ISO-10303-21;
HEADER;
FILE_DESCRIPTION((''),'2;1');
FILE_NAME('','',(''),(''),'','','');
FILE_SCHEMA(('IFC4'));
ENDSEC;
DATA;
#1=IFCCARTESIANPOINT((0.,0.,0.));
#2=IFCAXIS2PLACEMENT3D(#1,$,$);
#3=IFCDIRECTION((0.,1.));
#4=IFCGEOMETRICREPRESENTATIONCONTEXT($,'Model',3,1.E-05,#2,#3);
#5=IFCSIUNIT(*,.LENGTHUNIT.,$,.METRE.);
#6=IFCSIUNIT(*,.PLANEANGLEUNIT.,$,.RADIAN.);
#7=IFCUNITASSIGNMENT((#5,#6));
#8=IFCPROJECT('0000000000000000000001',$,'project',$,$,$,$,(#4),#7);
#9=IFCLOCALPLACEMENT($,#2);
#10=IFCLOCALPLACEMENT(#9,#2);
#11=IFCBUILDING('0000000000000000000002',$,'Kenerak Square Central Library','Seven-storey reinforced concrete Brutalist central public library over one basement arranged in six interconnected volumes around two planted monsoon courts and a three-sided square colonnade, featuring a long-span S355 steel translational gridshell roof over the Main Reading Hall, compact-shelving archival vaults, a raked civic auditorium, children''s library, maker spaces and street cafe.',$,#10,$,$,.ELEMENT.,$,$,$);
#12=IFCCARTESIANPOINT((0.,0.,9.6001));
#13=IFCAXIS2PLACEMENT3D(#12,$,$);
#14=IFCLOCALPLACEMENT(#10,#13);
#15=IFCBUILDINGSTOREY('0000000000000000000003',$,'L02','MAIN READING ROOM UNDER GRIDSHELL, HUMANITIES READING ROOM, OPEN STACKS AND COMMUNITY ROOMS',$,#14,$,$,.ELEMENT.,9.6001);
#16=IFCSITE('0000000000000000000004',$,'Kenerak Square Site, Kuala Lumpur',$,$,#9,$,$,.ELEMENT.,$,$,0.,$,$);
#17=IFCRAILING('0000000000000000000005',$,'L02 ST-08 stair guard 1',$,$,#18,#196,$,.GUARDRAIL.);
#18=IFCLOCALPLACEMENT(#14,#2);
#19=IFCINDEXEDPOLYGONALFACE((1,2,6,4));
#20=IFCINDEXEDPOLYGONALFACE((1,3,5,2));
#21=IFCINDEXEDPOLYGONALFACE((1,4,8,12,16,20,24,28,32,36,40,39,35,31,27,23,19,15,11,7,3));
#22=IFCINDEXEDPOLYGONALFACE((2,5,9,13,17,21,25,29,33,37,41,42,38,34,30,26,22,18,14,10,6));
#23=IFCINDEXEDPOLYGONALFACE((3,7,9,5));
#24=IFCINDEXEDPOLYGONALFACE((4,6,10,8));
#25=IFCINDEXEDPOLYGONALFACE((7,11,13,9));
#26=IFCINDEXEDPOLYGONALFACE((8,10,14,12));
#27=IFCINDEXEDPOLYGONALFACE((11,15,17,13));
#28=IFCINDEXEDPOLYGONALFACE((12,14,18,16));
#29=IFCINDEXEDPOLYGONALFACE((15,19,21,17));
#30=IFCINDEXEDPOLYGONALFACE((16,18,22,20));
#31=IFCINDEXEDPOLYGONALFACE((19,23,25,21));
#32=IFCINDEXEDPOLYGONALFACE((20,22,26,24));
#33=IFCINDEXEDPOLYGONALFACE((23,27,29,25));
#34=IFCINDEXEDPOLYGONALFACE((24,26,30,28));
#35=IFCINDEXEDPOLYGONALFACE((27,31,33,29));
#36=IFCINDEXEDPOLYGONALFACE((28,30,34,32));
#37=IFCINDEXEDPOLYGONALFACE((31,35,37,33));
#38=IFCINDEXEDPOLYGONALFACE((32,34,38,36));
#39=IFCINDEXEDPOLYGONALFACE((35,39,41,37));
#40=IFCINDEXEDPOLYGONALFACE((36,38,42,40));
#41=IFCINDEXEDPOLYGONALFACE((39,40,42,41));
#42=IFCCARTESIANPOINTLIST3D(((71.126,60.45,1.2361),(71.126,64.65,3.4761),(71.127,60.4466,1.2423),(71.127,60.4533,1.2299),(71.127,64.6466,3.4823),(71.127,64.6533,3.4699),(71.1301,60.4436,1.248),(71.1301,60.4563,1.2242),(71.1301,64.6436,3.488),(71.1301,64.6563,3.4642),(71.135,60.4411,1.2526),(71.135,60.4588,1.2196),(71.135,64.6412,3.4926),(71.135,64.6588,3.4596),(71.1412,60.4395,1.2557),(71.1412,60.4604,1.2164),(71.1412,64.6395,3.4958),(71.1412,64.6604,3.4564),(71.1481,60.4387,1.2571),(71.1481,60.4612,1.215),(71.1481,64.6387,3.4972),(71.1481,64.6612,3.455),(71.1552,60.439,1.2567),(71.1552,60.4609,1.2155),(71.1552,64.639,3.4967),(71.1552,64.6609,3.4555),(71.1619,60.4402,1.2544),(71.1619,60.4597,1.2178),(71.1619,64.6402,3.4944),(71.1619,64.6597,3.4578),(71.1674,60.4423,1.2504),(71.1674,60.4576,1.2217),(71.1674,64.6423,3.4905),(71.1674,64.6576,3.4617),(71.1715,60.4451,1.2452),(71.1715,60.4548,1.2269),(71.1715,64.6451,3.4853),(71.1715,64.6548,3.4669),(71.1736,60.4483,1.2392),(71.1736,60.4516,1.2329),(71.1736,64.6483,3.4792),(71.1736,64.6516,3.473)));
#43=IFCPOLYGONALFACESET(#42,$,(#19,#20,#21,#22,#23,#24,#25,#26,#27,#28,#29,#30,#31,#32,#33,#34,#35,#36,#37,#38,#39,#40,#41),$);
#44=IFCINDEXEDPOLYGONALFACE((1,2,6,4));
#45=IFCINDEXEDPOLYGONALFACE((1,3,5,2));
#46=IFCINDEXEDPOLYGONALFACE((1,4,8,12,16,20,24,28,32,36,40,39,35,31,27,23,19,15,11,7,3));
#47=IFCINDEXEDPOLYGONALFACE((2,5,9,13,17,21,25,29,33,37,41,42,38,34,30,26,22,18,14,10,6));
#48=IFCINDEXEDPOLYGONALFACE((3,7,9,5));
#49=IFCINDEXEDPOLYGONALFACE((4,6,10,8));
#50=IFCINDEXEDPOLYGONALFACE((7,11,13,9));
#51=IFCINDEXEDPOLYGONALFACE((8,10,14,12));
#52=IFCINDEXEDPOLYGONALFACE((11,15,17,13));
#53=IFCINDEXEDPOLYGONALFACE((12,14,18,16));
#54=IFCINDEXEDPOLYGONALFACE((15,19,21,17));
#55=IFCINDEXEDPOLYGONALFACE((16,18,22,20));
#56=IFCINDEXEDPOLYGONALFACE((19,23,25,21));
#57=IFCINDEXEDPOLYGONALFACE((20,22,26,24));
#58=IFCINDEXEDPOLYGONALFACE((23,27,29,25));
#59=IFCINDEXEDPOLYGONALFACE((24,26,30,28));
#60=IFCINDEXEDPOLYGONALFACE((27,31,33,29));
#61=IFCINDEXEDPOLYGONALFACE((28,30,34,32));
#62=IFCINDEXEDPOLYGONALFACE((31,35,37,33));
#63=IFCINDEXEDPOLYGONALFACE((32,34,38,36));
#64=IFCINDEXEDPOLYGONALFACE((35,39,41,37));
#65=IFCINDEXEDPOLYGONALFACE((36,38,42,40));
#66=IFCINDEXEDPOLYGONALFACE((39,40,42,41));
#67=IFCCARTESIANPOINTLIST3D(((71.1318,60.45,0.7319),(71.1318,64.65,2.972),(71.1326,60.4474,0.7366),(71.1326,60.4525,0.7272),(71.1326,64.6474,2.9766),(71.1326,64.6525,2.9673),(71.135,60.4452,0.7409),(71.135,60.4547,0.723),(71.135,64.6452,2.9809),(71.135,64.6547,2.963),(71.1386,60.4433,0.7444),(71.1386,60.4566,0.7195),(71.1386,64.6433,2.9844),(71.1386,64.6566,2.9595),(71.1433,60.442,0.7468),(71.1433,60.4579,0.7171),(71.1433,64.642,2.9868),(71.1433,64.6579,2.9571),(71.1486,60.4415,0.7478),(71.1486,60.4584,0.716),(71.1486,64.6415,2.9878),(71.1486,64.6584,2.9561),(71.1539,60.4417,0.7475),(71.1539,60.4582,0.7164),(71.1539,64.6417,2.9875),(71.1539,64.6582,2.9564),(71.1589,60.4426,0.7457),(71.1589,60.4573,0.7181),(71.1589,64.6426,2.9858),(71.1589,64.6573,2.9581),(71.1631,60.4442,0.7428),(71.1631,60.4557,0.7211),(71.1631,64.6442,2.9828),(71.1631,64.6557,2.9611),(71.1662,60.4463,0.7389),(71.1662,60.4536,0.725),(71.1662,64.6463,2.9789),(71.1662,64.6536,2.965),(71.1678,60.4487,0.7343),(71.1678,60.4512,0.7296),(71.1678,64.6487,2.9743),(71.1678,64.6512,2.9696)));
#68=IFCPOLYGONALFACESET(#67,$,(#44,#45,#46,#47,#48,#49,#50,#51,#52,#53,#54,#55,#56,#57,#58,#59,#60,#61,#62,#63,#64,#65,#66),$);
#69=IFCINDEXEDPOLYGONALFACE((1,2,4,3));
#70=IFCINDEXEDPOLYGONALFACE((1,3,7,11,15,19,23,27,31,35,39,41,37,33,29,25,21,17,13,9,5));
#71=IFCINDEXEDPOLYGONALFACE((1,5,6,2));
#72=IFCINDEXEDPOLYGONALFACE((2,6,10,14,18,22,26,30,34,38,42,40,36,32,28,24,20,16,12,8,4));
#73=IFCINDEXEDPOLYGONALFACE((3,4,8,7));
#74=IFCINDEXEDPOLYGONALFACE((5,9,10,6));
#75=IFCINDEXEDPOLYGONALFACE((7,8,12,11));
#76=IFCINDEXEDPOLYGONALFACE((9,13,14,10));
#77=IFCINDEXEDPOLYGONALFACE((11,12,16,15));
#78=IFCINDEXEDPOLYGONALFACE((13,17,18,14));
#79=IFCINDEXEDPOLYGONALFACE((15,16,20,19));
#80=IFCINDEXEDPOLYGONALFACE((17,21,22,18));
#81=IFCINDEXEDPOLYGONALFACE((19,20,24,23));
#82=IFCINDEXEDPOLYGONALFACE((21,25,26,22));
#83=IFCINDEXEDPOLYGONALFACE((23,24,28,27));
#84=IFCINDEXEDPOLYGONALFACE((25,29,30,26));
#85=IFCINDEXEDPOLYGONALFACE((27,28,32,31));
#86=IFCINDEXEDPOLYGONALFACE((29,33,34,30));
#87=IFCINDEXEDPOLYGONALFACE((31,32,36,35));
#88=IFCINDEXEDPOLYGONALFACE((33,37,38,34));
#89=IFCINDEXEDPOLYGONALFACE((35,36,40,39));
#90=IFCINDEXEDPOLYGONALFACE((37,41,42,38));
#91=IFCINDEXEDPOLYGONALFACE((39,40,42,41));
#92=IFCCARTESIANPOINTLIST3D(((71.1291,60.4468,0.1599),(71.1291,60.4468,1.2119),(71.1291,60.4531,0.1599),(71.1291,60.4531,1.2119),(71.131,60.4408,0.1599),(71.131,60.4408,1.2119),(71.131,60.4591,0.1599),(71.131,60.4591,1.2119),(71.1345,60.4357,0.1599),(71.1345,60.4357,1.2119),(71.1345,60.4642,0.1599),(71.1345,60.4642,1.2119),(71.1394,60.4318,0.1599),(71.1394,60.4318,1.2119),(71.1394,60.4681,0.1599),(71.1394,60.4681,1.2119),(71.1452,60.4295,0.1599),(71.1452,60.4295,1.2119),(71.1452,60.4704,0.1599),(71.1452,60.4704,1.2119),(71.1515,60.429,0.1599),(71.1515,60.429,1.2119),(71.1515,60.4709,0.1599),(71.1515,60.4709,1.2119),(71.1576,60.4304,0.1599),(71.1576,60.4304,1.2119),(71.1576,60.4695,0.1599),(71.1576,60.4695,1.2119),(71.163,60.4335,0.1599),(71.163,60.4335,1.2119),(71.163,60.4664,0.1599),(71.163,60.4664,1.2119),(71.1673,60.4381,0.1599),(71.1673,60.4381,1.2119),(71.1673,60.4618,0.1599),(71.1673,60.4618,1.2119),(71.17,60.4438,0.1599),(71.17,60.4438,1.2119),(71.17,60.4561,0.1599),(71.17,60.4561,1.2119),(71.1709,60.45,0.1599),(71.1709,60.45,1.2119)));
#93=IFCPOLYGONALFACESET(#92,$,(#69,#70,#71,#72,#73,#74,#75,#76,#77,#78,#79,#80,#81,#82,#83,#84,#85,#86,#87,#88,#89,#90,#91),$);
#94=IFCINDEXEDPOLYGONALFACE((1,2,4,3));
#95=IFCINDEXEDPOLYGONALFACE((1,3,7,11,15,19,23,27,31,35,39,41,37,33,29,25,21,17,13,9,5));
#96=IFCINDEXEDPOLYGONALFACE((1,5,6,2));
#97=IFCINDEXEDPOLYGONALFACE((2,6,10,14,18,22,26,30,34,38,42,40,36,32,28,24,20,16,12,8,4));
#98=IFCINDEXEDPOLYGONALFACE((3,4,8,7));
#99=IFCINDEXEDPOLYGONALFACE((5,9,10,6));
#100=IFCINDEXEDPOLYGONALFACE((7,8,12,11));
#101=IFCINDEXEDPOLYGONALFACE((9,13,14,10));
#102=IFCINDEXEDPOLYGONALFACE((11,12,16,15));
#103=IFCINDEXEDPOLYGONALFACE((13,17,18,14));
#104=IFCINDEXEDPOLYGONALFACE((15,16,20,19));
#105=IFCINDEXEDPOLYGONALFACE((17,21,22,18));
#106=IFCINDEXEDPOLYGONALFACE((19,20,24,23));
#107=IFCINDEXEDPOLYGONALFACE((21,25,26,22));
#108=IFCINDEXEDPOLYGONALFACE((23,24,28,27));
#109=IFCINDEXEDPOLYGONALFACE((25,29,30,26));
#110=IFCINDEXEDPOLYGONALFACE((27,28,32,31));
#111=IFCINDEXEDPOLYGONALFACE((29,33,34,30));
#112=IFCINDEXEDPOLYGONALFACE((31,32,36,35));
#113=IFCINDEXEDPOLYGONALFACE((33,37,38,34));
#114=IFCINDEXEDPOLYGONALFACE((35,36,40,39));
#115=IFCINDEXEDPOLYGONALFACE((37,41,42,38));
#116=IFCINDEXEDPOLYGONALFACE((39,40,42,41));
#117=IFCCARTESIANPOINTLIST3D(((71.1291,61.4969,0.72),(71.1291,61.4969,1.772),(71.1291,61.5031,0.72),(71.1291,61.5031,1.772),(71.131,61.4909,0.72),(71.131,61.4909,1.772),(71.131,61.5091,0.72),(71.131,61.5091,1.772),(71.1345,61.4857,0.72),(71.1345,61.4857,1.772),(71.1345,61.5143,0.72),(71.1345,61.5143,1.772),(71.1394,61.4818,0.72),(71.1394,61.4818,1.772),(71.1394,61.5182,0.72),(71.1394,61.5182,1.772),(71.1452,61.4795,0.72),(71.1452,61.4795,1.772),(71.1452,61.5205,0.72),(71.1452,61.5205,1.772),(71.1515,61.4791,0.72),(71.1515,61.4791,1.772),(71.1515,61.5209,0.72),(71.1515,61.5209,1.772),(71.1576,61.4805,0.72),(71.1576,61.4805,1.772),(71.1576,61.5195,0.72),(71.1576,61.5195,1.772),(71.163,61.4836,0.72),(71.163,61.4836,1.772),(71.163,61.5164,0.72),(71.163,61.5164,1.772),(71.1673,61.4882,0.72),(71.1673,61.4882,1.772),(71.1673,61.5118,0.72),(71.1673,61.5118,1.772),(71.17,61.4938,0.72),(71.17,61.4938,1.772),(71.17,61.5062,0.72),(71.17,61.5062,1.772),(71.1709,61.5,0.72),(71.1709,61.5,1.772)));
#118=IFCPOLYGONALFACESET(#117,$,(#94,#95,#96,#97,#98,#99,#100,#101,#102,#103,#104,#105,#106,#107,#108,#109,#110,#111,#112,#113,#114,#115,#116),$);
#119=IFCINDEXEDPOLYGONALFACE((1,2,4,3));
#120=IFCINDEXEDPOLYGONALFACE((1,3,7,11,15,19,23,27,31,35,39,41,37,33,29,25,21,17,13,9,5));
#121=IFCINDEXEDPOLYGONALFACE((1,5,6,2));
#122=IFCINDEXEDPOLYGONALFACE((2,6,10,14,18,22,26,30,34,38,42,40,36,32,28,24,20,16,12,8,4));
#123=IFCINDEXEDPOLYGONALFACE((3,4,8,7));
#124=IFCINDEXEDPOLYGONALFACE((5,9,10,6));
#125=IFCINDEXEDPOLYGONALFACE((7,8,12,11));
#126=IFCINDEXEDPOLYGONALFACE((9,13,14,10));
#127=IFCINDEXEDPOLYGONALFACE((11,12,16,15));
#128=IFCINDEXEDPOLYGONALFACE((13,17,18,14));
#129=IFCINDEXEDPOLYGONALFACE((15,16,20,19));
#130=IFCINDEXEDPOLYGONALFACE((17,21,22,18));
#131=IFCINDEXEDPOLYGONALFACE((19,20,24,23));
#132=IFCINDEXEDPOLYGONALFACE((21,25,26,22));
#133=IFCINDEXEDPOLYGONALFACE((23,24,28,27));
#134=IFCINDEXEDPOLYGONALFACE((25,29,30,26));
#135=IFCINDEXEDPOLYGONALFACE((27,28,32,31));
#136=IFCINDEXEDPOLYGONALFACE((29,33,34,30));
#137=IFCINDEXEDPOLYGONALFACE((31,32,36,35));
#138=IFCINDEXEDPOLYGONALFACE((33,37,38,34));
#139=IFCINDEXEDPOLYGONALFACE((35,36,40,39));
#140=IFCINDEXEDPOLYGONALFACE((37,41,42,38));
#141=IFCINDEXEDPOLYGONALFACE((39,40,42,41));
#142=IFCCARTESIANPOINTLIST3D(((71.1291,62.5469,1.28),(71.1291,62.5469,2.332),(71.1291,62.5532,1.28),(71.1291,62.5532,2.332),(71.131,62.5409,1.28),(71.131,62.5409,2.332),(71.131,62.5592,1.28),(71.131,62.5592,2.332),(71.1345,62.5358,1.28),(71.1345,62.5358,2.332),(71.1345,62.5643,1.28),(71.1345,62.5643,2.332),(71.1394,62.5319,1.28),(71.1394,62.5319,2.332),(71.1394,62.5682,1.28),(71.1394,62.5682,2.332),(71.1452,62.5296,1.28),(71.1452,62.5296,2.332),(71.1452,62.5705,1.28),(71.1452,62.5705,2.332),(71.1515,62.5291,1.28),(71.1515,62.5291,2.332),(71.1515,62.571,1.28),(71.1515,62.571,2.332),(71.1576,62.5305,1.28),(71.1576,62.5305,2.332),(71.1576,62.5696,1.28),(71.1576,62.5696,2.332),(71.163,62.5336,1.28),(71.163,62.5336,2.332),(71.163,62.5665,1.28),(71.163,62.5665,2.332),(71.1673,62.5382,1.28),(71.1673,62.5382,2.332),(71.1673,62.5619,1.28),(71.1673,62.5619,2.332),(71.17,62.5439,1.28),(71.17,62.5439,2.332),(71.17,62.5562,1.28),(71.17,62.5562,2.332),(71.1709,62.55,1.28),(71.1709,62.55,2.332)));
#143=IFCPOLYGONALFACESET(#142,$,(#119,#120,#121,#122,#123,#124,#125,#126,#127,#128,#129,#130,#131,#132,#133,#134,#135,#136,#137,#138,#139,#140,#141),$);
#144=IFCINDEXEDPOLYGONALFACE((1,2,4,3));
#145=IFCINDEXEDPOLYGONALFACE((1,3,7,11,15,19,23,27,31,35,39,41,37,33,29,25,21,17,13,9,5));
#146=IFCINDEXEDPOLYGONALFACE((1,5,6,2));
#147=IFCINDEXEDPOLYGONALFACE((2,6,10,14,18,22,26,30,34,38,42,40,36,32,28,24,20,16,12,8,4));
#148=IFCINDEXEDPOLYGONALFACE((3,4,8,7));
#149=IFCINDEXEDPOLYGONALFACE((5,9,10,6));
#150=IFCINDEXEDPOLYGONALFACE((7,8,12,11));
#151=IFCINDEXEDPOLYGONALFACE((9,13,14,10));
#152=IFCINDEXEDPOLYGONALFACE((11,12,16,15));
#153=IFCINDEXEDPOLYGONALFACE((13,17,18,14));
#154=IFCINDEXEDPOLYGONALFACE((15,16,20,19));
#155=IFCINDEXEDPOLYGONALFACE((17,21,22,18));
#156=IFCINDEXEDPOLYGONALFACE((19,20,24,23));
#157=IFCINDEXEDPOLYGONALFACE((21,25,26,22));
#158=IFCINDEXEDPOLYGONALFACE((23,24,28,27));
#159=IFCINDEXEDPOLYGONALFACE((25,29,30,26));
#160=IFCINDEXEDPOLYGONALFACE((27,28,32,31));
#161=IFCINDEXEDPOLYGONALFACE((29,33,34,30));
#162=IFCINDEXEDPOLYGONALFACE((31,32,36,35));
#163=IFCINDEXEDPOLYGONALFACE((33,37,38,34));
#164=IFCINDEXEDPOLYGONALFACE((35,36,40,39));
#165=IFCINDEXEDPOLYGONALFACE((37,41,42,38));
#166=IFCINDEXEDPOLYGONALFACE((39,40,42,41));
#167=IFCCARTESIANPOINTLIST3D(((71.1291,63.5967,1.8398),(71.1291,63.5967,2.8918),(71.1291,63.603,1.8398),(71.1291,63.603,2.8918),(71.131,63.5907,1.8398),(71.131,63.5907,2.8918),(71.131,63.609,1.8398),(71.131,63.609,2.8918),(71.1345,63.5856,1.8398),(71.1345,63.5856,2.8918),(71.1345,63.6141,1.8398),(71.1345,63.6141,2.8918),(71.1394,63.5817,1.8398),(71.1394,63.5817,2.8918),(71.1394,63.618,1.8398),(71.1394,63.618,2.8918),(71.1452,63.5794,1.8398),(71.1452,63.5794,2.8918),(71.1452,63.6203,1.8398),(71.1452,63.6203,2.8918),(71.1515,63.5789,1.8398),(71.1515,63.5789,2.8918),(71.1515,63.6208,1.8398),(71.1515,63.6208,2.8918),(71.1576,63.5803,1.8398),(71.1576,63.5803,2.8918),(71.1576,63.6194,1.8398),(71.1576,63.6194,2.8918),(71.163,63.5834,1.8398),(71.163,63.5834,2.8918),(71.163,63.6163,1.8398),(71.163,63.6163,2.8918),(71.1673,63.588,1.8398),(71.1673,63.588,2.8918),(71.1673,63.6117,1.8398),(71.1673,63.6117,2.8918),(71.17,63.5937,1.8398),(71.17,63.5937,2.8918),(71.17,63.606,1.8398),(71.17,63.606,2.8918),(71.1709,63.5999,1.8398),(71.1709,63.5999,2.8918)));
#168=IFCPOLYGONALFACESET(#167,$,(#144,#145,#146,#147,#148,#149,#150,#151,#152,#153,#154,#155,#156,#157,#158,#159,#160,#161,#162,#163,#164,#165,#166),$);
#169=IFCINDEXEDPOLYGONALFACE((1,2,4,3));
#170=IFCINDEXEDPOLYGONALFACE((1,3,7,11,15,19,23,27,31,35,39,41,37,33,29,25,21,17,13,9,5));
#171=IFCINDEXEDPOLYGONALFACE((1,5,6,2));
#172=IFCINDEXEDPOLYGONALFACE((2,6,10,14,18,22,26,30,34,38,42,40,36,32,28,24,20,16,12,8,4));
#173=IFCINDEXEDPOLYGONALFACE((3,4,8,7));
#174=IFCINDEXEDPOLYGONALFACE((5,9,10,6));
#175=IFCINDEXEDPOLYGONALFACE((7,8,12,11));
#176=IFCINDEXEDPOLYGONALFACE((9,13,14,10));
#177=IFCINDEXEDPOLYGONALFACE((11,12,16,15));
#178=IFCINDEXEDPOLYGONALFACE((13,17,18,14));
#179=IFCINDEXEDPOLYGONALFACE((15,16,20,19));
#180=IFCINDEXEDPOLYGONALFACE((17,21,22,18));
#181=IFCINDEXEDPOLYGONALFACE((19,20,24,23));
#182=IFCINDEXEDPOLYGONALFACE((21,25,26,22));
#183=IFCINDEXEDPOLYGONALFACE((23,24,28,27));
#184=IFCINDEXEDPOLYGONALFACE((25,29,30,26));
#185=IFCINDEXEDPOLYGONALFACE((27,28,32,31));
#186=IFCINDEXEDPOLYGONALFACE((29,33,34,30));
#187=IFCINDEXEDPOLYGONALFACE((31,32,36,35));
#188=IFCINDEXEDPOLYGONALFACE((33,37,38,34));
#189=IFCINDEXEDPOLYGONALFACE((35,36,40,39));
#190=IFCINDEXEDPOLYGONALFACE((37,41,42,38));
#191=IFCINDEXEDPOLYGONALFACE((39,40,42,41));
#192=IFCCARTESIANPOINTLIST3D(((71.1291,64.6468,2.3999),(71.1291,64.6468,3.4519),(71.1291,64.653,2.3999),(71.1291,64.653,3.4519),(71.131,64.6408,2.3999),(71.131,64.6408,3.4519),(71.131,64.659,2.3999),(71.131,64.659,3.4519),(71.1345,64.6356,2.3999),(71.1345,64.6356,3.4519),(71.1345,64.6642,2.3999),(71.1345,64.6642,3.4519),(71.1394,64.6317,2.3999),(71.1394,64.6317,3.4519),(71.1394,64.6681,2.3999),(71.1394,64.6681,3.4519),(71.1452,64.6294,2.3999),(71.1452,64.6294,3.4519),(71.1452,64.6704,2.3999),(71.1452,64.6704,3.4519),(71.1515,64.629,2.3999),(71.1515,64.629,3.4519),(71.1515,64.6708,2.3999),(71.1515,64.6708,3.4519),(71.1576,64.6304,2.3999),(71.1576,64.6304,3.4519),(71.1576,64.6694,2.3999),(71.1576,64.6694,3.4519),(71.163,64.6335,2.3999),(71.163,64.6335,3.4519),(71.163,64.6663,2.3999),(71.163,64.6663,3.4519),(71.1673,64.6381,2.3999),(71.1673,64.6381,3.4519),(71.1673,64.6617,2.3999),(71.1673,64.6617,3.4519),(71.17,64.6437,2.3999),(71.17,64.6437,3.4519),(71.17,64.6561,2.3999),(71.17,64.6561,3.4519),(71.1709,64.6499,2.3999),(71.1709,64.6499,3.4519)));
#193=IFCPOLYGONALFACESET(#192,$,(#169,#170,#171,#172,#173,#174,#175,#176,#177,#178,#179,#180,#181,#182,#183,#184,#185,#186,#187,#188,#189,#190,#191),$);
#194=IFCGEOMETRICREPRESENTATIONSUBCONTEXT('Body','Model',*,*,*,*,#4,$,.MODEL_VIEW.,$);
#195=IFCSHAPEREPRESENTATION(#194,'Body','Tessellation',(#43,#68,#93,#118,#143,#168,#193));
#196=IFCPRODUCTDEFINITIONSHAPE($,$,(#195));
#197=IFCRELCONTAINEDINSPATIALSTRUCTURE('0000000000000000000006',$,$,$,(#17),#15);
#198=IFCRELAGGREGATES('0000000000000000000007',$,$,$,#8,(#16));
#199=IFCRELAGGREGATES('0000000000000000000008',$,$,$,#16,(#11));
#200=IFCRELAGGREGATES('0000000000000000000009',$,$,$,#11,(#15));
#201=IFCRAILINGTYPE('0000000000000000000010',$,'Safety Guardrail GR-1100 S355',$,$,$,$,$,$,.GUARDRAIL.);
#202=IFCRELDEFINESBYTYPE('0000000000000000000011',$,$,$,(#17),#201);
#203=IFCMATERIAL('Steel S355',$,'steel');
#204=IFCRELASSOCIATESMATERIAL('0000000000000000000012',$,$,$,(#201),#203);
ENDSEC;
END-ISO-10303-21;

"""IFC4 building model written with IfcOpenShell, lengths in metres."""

from ifc_helpers import new_model, si_unit, direction, frame, origin, origin_2d, place, context, subcontext, project, spatial, circle, extrude, material, type_object, element, save


model = new_model("IFC4")

# Units and contexts
model_context = context("Model", 3, precision=1e-05, world=origin(), true_north=direction((0.0, 1.0)))
body_context = subcontext(model_context, "Body", "Model", "MODEL_VIEW")
ifc_project = project(units=[si_unit("LENGTHUNIT", "METRE"), si_unit("PLANEANGLEUNIT", "RADIAN")], contexts=[model_context])

# Site, building, storey
site_placement = place(None, origin())
site = spatial("IfcSite", under=ifc_project, at=site_placement, Name="Kenerak Square Site, Kuala Lumpur", CompositionType="ELEMENT", RefElevation=0.0)
building_placement = place(site_placement, origin())
building = spatial("IfcBuilding", under=site, at=building_placement, Name="Kenerak Square Central Library", Description="Seven-storey reinforced concrete Brutalist central public library over one basement arranged in six interconnected volumes around two planted monsoon courts and a three-sided square colonnade, featuring a long-span S355 steel translational gridshell roof over the Main Reading Hall, compact-shelving archival vaults, a raked civic auditorium, children's library, maker spaces and street cafe.", CompositionType="ELEMENT")
storey_placement = place(building_placement, frame((0.0, 0.0, 9.6001)))
storey = spatial("IfcBuildingStorey", under=building, at=storey_placement, Name="L02", Description="MAIN READING ROOM UNDER GRIDSHELL, HUMANITIES READING ROOM, OPEN STACKS AND COMMUNITY ROOMS", CompositionType="ELEMENT", Elevation=9.6001)

# Railing
ifc_material_1 = material(Name="Steel S355", Category="steel")
railing_type_1 = type_object("IfcRailingType", Name="Safety Guardrail GR-1100 S355", PredefinedType="GUARDRAIL", material=ifc_material_1)
railing_1_placement = place(storey_placement, frame((71.1499, 60.45, 0.1599)))
element("IfcRailing", 1, at=railing_1_placement, inside=storey, type_object=railing_type_1, Name="L02 ST-08 stair guard 1", PredefinedType="GUARDRAIL", context=body_context, shape_type="SweptSolid", body=[
    extrude(circle(Radius=0.0239, at=origin_2d()), frame((0.0, 0.0, 1.0762), z_axis=(0.0, 0.882352, 0.470591), x_axis=(-1.0, 0.0, 0.0)), (0.0, 0.0, 1.0), 4.76),
    extrude(circle(Radius=0.0181, at=origin_2d()), frame((0.0, 0.0, 0.572), z_axis=(0.0, 0.882352, 0.470591), x_axis=(-1.0, 0.0, 0.0)), (0.0, 0.0, 1.0), 4.76),
    extrude(circle(Radius=0.021, at=origin_2d()), origin(), (0.0, 0.0, 1.0), 1.052),
    extrude(circle(Radius=0.021, at=origin_2d()), frame((0.0, 1.05, 0.5601)), (0.0, 0.0, 1.0), 1.052),
    extrude(circle(Radius=0.021, at=origin_2d()), frame((0.0, 2.1001, 1.1201)), (0.0, 0.0, 1.0), 1.052),
    extrude(circle(Radius=0.021, at=origin_2d()), frame((0.0, 3.1499, 1.6799)), (0.0, 0.0, 1.0), 1.052),
    extrude(circle(Radius=0.021, at=origin_2d()), frame((0.0, 4.2, 2.24)), (0.0, 0.0, 1.0), 1.052),
])

save(model, "model.ifc")
